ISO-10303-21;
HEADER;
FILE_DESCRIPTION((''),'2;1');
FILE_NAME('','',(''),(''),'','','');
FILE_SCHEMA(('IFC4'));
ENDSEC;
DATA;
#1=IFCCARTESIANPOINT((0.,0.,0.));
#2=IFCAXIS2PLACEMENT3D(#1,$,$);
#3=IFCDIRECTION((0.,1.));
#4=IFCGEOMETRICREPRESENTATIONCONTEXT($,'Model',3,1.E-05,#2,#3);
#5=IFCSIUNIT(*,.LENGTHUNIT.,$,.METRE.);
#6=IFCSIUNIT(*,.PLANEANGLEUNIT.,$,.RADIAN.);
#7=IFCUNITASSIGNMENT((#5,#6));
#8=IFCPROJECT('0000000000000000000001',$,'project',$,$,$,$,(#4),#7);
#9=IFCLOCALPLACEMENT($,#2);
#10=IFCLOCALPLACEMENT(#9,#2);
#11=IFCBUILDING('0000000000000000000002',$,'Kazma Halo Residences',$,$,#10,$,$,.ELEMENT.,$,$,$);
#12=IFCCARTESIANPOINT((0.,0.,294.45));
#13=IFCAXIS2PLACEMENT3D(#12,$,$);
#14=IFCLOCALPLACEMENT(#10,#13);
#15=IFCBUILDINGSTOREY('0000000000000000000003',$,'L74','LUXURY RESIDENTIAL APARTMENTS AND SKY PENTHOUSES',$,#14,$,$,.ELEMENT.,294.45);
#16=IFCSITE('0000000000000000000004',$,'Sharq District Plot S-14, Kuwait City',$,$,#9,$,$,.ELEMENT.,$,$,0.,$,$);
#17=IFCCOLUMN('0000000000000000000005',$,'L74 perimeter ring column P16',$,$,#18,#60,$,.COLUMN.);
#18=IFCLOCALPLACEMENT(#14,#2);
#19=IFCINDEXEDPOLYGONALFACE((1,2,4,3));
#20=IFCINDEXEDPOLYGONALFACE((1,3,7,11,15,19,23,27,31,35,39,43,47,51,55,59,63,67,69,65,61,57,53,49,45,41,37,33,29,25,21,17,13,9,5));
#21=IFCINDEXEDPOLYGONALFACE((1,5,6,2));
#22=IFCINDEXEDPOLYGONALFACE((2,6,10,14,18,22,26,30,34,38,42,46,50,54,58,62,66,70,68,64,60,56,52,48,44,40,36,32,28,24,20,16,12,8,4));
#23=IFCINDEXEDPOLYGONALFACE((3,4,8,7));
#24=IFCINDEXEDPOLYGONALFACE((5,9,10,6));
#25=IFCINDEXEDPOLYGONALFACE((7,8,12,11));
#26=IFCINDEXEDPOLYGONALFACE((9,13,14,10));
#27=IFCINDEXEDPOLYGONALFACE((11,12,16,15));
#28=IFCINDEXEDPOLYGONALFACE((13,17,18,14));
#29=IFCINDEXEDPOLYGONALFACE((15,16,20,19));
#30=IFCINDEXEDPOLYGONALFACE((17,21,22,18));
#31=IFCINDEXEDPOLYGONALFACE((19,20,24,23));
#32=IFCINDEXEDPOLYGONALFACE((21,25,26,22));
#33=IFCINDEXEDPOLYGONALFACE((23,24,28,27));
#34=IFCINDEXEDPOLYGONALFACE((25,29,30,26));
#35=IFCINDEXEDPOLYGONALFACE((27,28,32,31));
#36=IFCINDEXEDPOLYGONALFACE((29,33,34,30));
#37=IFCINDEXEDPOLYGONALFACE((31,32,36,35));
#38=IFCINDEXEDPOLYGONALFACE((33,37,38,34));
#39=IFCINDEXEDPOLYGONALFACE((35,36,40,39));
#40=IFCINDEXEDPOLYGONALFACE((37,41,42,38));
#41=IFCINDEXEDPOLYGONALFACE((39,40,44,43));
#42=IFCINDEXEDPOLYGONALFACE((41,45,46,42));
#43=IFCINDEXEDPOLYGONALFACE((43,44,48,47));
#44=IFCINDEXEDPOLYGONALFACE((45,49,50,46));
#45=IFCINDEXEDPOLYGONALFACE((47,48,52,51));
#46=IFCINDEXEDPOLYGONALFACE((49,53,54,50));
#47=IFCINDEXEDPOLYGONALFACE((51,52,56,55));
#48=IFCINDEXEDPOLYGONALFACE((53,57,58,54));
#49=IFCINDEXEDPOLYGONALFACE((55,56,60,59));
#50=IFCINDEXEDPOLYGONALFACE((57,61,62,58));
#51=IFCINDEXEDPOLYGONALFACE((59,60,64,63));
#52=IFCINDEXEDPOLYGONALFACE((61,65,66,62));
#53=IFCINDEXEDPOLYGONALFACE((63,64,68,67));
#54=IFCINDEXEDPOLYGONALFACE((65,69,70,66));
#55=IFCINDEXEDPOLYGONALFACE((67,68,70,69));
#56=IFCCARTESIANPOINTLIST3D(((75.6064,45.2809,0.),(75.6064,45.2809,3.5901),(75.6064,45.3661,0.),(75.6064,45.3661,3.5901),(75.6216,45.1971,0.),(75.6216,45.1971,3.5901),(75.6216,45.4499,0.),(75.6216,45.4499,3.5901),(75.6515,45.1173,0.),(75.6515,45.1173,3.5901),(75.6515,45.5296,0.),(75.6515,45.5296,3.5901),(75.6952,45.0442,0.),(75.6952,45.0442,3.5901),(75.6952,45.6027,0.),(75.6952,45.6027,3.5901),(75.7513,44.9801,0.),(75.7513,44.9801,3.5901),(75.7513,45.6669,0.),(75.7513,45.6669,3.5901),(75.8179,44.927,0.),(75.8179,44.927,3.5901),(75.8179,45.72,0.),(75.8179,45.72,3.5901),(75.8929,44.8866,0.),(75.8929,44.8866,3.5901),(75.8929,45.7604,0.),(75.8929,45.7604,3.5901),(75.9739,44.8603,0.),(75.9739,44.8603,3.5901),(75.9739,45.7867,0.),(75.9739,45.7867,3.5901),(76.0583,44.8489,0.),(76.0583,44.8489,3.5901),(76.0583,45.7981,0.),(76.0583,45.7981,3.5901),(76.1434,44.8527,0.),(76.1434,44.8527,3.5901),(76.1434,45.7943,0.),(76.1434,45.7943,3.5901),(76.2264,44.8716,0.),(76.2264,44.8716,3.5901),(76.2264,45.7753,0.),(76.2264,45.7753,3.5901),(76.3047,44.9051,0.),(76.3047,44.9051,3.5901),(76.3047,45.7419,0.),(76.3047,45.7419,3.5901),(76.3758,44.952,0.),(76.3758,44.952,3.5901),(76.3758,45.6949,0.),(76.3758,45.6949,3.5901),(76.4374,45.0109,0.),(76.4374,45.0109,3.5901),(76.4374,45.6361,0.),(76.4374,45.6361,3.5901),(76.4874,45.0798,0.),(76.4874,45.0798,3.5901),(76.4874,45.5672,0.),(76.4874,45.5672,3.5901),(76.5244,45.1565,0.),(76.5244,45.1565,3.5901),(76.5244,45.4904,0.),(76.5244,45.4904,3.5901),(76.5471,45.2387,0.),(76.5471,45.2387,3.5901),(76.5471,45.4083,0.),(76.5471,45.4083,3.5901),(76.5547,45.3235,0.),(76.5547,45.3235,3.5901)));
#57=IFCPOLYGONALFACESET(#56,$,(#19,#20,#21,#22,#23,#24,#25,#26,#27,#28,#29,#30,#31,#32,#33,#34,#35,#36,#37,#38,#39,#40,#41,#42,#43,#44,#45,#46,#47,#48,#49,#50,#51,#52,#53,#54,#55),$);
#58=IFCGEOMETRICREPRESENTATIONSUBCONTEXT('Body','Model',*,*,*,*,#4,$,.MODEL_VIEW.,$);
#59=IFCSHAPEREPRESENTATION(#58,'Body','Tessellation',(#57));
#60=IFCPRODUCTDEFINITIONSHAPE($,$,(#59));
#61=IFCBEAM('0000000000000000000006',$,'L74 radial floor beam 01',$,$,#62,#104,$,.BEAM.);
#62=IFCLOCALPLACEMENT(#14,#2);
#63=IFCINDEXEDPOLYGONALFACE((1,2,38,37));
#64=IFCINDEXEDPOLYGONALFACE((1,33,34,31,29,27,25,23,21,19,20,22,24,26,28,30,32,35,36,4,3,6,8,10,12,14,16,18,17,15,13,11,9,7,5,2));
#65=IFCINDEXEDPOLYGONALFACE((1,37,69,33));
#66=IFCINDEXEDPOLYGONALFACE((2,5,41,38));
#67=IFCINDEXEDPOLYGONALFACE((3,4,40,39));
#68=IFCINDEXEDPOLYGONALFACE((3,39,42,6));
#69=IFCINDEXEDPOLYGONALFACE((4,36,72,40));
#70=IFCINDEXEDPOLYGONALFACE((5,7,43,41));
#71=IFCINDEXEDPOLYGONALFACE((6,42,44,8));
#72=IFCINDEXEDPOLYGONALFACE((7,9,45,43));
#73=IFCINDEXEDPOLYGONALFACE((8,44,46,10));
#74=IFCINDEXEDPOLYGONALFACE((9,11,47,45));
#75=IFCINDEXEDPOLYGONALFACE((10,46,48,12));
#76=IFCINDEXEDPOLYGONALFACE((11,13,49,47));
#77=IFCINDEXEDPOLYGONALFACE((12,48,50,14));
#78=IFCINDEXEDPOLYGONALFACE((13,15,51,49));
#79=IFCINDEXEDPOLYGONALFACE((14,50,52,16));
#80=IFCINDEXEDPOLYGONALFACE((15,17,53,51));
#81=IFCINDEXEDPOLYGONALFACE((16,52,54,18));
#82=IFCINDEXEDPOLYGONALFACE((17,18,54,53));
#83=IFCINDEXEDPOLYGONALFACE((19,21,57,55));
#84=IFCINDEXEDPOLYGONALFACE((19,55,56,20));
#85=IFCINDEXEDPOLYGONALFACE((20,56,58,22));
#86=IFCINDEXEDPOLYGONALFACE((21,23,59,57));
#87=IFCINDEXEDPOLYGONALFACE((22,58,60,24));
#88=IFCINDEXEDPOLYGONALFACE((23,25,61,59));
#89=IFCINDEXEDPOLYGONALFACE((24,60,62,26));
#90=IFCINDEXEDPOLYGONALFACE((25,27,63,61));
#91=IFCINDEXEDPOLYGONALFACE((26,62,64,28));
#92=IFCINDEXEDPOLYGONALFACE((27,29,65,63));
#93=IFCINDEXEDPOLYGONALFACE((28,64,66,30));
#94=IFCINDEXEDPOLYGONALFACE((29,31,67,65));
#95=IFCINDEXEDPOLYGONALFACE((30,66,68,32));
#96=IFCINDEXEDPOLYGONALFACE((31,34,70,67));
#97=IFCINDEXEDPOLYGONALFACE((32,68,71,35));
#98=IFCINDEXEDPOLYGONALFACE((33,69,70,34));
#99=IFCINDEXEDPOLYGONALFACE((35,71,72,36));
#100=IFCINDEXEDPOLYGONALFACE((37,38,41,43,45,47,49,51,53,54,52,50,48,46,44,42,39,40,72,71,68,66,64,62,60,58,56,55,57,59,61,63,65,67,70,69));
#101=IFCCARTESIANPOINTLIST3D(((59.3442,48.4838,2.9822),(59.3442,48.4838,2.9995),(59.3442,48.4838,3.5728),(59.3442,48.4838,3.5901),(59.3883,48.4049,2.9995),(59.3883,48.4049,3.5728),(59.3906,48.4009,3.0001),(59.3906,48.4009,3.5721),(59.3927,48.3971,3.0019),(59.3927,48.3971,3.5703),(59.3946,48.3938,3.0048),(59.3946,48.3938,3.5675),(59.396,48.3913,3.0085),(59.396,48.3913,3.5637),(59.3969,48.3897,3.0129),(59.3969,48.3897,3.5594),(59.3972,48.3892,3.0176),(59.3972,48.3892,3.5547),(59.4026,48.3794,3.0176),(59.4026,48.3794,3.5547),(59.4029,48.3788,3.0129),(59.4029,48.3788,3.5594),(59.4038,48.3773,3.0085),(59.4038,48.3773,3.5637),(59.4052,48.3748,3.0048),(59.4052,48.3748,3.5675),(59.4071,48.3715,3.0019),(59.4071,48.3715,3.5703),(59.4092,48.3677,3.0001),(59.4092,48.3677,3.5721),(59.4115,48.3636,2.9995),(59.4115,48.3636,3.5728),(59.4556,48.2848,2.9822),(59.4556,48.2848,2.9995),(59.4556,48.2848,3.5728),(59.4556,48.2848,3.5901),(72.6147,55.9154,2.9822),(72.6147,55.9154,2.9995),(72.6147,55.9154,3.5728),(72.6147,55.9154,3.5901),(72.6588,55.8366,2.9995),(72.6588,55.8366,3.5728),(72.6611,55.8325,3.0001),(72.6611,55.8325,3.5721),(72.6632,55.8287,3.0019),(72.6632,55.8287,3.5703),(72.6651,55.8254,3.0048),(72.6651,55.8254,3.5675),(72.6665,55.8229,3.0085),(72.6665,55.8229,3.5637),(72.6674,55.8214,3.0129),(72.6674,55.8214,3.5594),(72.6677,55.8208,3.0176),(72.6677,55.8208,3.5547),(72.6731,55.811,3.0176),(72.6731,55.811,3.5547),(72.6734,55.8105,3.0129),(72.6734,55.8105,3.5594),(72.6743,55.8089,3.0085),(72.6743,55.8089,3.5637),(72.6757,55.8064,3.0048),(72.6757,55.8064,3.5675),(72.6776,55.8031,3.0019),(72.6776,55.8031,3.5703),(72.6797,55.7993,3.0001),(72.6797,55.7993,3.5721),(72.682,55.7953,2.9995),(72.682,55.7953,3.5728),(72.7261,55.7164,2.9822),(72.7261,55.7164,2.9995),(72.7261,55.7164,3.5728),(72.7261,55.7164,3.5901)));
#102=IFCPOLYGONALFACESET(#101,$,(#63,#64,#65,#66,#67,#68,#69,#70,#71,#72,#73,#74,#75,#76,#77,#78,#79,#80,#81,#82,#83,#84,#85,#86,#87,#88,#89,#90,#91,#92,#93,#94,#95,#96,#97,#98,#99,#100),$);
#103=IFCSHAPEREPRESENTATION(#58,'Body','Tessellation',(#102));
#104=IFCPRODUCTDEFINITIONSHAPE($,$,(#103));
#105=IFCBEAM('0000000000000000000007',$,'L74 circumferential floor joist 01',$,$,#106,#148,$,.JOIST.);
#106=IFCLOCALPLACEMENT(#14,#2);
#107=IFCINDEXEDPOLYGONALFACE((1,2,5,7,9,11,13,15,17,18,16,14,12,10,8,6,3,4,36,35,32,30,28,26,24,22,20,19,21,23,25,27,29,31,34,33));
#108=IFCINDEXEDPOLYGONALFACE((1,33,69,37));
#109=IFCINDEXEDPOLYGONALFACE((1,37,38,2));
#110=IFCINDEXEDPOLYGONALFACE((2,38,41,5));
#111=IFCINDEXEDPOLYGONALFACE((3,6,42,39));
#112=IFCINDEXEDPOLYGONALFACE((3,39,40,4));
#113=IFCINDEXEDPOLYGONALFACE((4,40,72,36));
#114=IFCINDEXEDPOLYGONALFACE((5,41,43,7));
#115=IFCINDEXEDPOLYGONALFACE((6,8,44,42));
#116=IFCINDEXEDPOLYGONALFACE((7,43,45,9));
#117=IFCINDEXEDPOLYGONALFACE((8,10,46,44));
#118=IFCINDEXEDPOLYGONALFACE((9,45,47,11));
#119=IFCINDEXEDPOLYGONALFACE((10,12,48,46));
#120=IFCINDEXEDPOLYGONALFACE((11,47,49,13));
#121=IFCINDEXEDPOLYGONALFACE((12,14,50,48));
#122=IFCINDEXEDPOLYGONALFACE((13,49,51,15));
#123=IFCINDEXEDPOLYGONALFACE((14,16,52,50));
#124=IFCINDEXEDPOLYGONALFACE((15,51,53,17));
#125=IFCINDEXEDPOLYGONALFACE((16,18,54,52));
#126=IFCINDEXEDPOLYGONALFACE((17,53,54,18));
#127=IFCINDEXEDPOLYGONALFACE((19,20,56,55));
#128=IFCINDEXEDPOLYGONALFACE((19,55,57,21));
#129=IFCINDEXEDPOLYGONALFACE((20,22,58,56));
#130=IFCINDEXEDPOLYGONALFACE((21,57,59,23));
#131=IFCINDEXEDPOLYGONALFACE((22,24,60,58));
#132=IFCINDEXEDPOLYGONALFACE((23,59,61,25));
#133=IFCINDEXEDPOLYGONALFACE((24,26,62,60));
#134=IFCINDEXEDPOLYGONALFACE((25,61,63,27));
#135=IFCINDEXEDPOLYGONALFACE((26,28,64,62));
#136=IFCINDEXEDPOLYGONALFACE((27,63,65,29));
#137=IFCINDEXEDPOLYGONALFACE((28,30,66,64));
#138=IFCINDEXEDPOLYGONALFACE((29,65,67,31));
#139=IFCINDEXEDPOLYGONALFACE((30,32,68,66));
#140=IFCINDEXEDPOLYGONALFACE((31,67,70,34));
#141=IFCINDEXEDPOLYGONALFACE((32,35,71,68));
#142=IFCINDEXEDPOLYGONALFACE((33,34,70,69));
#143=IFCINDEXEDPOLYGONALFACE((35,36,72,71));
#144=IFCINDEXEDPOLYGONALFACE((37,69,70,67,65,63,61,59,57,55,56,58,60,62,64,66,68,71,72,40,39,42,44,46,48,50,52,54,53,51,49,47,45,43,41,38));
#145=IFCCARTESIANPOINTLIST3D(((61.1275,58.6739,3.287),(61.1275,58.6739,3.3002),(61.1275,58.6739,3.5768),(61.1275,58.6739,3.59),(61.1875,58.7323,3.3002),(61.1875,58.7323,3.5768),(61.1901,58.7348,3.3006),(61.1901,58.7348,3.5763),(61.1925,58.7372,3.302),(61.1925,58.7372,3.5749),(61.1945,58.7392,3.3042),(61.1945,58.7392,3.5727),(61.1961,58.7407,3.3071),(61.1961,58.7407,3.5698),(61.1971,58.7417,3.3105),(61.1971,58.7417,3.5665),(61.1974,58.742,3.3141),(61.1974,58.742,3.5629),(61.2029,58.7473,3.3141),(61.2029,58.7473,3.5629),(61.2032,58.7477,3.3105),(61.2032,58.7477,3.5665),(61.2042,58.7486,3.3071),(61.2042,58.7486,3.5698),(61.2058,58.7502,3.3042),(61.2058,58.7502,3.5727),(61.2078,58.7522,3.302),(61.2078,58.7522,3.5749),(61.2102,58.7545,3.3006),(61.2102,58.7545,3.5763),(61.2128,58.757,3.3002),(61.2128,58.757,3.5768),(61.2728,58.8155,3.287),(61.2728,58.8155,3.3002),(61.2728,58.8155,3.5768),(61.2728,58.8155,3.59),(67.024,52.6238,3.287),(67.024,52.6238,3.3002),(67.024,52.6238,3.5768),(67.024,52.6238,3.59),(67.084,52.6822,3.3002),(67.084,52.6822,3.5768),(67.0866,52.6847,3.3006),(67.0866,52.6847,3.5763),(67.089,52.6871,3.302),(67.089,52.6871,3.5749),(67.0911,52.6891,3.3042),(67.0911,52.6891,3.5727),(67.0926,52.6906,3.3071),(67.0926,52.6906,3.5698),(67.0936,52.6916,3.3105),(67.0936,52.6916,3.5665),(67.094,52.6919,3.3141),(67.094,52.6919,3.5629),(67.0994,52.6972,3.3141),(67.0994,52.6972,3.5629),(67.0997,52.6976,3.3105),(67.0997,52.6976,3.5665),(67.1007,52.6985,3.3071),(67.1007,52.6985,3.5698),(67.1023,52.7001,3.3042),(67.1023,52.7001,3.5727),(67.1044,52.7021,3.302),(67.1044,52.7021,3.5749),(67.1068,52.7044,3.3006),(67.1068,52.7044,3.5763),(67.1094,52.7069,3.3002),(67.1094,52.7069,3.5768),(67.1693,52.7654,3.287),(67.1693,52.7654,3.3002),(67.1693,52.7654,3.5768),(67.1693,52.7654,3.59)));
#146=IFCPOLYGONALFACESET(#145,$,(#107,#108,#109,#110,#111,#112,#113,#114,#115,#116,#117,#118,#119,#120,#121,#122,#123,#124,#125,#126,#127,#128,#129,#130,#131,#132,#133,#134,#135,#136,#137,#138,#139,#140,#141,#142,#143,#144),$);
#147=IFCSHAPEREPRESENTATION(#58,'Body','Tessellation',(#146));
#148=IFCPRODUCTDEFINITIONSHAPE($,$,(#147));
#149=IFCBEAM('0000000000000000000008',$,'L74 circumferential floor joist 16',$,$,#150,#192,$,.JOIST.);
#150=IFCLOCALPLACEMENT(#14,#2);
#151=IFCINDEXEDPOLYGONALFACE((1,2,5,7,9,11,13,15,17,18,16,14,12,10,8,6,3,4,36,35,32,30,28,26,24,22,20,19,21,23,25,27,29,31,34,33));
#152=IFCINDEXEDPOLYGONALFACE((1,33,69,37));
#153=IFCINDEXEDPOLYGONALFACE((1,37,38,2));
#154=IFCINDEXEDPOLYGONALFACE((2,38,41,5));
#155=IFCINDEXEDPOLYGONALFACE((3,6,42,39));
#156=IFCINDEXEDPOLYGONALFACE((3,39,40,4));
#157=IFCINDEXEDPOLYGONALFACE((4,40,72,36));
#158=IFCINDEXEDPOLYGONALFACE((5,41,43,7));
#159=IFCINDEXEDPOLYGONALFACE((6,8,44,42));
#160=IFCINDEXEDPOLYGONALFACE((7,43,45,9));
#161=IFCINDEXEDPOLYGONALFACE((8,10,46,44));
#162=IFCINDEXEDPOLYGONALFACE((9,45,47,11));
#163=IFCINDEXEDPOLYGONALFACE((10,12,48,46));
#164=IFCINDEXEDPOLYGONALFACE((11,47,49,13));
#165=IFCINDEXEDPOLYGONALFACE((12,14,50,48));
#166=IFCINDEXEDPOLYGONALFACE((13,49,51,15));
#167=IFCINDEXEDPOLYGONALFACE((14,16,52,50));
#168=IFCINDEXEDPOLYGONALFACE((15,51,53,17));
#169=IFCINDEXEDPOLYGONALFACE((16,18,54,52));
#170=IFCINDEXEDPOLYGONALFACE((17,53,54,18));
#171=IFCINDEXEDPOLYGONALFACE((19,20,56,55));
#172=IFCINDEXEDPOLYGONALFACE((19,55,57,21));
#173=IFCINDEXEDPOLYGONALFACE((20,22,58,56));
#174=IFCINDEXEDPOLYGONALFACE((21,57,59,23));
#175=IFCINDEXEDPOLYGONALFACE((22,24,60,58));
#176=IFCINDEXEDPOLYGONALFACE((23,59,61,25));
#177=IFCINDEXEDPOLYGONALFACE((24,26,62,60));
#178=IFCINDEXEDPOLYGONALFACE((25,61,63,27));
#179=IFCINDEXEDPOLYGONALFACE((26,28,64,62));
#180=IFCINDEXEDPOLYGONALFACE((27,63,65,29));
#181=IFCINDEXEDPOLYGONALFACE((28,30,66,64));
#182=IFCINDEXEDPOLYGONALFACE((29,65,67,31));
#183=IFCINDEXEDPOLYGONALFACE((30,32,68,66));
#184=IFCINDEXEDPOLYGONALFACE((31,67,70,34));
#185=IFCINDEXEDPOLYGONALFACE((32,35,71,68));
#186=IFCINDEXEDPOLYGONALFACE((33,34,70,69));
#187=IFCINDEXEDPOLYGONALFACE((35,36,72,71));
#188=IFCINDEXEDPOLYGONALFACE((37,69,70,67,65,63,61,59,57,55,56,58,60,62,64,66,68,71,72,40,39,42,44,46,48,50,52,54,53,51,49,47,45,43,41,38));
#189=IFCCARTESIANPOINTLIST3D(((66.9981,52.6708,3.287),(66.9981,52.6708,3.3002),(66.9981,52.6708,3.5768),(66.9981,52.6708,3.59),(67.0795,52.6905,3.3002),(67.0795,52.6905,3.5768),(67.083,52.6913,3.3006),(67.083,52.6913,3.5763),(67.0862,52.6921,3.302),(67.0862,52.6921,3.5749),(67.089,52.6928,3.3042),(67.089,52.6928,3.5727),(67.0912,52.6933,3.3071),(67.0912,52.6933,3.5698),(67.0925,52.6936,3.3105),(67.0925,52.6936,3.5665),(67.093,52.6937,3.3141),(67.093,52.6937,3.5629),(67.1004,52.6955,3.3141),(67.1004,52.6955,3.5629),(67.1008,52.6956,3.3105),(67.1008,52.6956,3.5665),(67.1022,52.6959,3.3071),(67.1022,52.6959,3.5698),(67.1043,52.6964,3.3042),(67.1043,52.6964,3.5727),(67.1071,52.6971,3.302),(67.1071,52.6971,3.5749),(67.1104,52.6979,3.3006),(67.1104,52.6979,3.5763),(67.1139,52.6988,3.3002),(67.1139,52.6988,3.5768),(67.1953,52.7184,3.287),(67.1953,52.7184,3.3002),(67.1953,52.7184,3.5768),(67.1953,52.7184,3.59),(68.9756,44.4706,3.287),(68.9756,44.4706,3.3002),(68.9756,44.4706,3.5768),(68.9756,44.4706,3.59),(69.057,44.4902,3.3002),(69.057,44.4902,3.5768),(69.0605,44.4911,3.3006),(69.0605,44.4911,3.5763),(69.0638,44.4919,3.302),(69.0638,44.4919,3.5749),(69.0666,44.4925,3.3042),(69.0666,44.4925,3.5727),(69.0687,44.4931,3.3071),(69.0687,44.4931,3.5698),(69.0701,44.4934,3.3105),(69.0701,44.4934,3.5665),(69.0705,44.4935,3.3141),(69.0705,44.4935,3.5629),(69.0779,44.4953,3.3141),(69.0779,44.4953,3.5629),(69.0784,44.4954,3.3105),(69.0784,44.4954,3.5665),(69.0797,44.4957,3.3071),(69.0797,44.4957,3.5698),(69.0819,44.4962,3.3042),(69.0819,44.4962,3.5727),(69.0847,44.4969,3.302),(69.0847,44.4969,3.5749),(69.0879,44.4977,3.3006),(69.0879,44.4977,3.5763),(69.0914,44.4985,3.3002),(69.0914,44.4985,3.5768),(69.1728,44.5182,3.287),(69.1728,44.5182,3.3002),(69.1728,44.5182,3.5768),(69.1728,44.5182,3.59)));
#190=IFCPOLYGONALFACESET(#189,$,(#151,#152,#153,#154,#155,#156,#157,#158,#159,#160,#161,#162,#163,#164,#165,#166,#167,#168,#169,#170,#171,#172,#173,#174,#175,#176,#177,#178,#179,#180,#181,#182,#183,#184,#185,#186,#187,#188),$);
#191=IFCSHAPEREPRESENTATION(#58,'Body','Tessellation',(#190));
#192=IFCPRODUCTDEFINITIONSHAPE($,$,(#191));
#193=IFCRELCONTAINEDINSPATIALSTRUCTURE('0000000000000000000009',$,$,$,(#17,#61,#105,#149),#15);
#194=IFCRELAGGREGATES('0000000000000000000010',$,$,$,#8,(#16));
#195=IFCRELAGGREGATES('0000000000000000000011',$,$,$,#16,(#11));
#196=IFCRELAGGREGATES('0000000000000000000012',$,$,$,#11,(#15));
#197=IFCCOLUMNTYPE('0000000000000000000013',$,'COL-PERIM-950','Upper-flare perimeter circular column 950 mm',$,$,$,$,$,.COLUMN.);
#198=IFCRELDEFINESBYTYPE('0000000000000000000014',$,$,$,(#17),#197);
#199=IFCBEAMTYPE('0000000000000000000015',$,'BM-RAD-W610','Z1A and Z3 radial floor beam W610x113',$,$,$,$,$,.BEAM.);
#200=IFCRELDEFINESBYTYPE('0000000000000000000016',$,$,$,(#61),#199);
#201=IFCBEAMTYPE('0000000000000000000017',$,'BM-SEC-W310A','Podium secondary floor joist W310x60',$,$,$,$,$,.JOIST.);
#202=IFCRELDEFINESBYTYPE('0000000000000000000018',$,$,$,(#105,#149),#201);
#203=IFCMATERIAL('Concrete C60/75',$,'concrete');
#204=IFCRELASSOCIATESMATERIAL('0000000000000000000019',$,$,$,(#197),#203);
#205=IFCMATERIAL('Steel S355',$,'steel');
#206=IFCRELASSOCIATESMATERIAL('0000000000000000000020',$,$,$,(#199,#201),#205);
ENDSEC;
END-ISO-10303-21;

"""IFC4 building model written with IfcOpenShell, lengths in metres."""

from ifc_helpers import new_model, si_unit, direction, frame, origin, origin_2d, place, context, subcontext, project, spatial, circle, i_section, extrude, material, material_profile, profile_set, type_object, element, save


model = new_model("IFC4")

# Units and contexts
model_context = context("Model", 3, precision=1e-05, world=origin(), true_north=direction((0.0, 1.0)))
body_context = subcontext(model_context, "Body", "Model", "MODEL_VIEW")
ifc_project = project(units=[si_unit("LENGTHUNIT", "METRE"), si_unit("PLANEANGLEUNIT", "RADIAN")], contexts=[model_context])

# Site, building, storey
site_placement = place(None, origin())
site = spatial("IfcSite", under=ifc_project, at=site_placement, Name="Sharq District Plot S-14, Kuwait City", CompositionType="ELEMENT", RefElevation=0.0)
building_placement = place(site_placement, origin())
building = spatial("IfcBuilding", under=site, at=building_placement, Name="Kazma Halo Residences", CompositionType="ELEMENT")
storey_placement = place(building_placement, frame((0.0, 0.0, 294.45)))
storey = spatial("IfcBuildingStorey", under=building, at=storey_placement, Name="L74", Description="LUXURY RESIDENTIAL APARTMENTS AND SKY PENTHOUSES", CompositionType="ELEMENT", Elevation=294.45)

# Column
ifc_material_1 = material(Name="Concrete C60/75", Category="concrete")
ifc_material_profile_1 = material_profile(ifc_material_1, circle(Radius=0.4751, at=origin_2d()), Name="CIRC950")
ifc_profile_set_1 = profile_set([ifc_material_profile_1], Name="Concrete C60/75")
column_type = type_object("IfcColumnType", Name="COL-PERIM-950", Description="Upper-flare perimeter circular column 950 mm", PredefinedType="COLUMN", material=ifc_profile_set_1)
column_placement = place(storey_placement, frame((76.0796, 45.3235, 0.0), z_axis=(0.0, 0.0, 1.0), x_axis=(1.0, 0.0, 0.0)))
element("IfcColumn", 1, at=column_placement, inside=storey, type_object=column_type, Name="L74 perimeter ring column P16", PredefinedType="COLUMN", context=body_context, shape_type="SweptSolid", body=[
    extrude(circle(Radius=0.4751, at=origin_2d()), origin(), (0.0, 0.0, 1.0), 3.5901),
])

# Beams
ifc_material_2 = material(Name="Steel S355", Category="steel")
ifc_material_profile_2 = material_profile(ifc_material_2, i_section(OverallWidth=0.228, OverallDepth=0.6079, WebThickness=0.0112, FlangeThickness=0.0173, FilletRadius=0.0181, at=origin_2d()), Name="W610x113")
ifc_profile_set_2 = profile_set([ifc_material_profile_2], Name="Steel S355")
beam_type_1 = type_object("IfcBeamType", Name="BM-RAD-W610", Description="Z1A and Z3 radial floor beam W610x113", PredefinedType="BEAM", material=ifc_profile_set_2)
beam_1_placement = place(storey_placement, frame((59.3999, 48.3843, 3.2861), z_axis=(0.872502, 0.488611, 0.0), x_axis=(-0.488611, 0.872502, 0.0)))
element("IfcBeam", 2, at=beam_1_placement, inside=storey, type_object=beam_type_1, Name="L74 radial floor beam 01", PredefinedType="BEAM", context=body_context, shape_type="SweptSolid", body=[
    extrude(i_section(OverallWidth=0.228, OverallDepth=0.6079, WebThickness=0.0112, FlangeThickness=0.0173, FilletRadius=0.0181, at=origin_2d()), origin(), (0.0, 0.0, 1.0), 15.2097),
])
ifc_material_profile_3 = material_profile(ifc_material_2, i_section(OverallWidth=0.2029, OverallDepth=0.303, WebThickness=0.0076, FlangeThickness=0.0132, FilletRadius=0.0139, at=origin_2d()), Name="W310x60")
ifc_profile_set_3 = profile_set([ifc_material_profile_3], Name="Steel S355")
beam_type_2 = type_object("IfcBeamType", Name="BM-SEC-W310A", Description="Podium secondary floor joist W310x60", PredefinedType="JOIST", material=ifc_profile_set_3)
beam_2_placement = place(storey_placement, frame((67.0967, 52.6946, 3.4385), z_axis=(-0.69796, 0.716137, 0.0), x_axis=(-0.716137, -0.69796, 0.0)))
element("IfcBeam", 3, at=beam_2_placement, inside=storey, type_object=beam_type_2, Name="L74 circumferential floor joist 01", PredefinedType="JOIST", context=body_context, shape_type="SweptSolid", body=[
    extrude(i_section(OverallWidth=0.2029, OverallDepth=0.303, WebThickness=0.0076, FlangeThickness=0.0132, FilletRadius=0.0139, at=origin_2d()), origin(), (0.0, 0.0, 1.0), 8.4482),
])
beam_3_placement = place(storey_placement, frame((69.0742, 44.4944, 3.4385), z_axis=(-0.234437, 0.972131, 0.0), x_axis=(-0.972131, -0.234437, 0.0)))
element("IfcBeam", 4, at=beam_3_placement, inside=storey, type_object=beam_type_2, Name="L74 circumferential floor joist 16", PredefinedType="JOIST", context=body_context, shape_type="SweptSolid", body=[
    extrude(i_section(OverallWidth=0.2029, OverallDepth=0.303, WebThickness=0.0076, FlangeThickness=0.0132, FilletRadius=0.0139, at=origin_2d()), origin(), (0.0, 0.0, 1.0), 8.4353),
])

save(model, "model.ifc")
